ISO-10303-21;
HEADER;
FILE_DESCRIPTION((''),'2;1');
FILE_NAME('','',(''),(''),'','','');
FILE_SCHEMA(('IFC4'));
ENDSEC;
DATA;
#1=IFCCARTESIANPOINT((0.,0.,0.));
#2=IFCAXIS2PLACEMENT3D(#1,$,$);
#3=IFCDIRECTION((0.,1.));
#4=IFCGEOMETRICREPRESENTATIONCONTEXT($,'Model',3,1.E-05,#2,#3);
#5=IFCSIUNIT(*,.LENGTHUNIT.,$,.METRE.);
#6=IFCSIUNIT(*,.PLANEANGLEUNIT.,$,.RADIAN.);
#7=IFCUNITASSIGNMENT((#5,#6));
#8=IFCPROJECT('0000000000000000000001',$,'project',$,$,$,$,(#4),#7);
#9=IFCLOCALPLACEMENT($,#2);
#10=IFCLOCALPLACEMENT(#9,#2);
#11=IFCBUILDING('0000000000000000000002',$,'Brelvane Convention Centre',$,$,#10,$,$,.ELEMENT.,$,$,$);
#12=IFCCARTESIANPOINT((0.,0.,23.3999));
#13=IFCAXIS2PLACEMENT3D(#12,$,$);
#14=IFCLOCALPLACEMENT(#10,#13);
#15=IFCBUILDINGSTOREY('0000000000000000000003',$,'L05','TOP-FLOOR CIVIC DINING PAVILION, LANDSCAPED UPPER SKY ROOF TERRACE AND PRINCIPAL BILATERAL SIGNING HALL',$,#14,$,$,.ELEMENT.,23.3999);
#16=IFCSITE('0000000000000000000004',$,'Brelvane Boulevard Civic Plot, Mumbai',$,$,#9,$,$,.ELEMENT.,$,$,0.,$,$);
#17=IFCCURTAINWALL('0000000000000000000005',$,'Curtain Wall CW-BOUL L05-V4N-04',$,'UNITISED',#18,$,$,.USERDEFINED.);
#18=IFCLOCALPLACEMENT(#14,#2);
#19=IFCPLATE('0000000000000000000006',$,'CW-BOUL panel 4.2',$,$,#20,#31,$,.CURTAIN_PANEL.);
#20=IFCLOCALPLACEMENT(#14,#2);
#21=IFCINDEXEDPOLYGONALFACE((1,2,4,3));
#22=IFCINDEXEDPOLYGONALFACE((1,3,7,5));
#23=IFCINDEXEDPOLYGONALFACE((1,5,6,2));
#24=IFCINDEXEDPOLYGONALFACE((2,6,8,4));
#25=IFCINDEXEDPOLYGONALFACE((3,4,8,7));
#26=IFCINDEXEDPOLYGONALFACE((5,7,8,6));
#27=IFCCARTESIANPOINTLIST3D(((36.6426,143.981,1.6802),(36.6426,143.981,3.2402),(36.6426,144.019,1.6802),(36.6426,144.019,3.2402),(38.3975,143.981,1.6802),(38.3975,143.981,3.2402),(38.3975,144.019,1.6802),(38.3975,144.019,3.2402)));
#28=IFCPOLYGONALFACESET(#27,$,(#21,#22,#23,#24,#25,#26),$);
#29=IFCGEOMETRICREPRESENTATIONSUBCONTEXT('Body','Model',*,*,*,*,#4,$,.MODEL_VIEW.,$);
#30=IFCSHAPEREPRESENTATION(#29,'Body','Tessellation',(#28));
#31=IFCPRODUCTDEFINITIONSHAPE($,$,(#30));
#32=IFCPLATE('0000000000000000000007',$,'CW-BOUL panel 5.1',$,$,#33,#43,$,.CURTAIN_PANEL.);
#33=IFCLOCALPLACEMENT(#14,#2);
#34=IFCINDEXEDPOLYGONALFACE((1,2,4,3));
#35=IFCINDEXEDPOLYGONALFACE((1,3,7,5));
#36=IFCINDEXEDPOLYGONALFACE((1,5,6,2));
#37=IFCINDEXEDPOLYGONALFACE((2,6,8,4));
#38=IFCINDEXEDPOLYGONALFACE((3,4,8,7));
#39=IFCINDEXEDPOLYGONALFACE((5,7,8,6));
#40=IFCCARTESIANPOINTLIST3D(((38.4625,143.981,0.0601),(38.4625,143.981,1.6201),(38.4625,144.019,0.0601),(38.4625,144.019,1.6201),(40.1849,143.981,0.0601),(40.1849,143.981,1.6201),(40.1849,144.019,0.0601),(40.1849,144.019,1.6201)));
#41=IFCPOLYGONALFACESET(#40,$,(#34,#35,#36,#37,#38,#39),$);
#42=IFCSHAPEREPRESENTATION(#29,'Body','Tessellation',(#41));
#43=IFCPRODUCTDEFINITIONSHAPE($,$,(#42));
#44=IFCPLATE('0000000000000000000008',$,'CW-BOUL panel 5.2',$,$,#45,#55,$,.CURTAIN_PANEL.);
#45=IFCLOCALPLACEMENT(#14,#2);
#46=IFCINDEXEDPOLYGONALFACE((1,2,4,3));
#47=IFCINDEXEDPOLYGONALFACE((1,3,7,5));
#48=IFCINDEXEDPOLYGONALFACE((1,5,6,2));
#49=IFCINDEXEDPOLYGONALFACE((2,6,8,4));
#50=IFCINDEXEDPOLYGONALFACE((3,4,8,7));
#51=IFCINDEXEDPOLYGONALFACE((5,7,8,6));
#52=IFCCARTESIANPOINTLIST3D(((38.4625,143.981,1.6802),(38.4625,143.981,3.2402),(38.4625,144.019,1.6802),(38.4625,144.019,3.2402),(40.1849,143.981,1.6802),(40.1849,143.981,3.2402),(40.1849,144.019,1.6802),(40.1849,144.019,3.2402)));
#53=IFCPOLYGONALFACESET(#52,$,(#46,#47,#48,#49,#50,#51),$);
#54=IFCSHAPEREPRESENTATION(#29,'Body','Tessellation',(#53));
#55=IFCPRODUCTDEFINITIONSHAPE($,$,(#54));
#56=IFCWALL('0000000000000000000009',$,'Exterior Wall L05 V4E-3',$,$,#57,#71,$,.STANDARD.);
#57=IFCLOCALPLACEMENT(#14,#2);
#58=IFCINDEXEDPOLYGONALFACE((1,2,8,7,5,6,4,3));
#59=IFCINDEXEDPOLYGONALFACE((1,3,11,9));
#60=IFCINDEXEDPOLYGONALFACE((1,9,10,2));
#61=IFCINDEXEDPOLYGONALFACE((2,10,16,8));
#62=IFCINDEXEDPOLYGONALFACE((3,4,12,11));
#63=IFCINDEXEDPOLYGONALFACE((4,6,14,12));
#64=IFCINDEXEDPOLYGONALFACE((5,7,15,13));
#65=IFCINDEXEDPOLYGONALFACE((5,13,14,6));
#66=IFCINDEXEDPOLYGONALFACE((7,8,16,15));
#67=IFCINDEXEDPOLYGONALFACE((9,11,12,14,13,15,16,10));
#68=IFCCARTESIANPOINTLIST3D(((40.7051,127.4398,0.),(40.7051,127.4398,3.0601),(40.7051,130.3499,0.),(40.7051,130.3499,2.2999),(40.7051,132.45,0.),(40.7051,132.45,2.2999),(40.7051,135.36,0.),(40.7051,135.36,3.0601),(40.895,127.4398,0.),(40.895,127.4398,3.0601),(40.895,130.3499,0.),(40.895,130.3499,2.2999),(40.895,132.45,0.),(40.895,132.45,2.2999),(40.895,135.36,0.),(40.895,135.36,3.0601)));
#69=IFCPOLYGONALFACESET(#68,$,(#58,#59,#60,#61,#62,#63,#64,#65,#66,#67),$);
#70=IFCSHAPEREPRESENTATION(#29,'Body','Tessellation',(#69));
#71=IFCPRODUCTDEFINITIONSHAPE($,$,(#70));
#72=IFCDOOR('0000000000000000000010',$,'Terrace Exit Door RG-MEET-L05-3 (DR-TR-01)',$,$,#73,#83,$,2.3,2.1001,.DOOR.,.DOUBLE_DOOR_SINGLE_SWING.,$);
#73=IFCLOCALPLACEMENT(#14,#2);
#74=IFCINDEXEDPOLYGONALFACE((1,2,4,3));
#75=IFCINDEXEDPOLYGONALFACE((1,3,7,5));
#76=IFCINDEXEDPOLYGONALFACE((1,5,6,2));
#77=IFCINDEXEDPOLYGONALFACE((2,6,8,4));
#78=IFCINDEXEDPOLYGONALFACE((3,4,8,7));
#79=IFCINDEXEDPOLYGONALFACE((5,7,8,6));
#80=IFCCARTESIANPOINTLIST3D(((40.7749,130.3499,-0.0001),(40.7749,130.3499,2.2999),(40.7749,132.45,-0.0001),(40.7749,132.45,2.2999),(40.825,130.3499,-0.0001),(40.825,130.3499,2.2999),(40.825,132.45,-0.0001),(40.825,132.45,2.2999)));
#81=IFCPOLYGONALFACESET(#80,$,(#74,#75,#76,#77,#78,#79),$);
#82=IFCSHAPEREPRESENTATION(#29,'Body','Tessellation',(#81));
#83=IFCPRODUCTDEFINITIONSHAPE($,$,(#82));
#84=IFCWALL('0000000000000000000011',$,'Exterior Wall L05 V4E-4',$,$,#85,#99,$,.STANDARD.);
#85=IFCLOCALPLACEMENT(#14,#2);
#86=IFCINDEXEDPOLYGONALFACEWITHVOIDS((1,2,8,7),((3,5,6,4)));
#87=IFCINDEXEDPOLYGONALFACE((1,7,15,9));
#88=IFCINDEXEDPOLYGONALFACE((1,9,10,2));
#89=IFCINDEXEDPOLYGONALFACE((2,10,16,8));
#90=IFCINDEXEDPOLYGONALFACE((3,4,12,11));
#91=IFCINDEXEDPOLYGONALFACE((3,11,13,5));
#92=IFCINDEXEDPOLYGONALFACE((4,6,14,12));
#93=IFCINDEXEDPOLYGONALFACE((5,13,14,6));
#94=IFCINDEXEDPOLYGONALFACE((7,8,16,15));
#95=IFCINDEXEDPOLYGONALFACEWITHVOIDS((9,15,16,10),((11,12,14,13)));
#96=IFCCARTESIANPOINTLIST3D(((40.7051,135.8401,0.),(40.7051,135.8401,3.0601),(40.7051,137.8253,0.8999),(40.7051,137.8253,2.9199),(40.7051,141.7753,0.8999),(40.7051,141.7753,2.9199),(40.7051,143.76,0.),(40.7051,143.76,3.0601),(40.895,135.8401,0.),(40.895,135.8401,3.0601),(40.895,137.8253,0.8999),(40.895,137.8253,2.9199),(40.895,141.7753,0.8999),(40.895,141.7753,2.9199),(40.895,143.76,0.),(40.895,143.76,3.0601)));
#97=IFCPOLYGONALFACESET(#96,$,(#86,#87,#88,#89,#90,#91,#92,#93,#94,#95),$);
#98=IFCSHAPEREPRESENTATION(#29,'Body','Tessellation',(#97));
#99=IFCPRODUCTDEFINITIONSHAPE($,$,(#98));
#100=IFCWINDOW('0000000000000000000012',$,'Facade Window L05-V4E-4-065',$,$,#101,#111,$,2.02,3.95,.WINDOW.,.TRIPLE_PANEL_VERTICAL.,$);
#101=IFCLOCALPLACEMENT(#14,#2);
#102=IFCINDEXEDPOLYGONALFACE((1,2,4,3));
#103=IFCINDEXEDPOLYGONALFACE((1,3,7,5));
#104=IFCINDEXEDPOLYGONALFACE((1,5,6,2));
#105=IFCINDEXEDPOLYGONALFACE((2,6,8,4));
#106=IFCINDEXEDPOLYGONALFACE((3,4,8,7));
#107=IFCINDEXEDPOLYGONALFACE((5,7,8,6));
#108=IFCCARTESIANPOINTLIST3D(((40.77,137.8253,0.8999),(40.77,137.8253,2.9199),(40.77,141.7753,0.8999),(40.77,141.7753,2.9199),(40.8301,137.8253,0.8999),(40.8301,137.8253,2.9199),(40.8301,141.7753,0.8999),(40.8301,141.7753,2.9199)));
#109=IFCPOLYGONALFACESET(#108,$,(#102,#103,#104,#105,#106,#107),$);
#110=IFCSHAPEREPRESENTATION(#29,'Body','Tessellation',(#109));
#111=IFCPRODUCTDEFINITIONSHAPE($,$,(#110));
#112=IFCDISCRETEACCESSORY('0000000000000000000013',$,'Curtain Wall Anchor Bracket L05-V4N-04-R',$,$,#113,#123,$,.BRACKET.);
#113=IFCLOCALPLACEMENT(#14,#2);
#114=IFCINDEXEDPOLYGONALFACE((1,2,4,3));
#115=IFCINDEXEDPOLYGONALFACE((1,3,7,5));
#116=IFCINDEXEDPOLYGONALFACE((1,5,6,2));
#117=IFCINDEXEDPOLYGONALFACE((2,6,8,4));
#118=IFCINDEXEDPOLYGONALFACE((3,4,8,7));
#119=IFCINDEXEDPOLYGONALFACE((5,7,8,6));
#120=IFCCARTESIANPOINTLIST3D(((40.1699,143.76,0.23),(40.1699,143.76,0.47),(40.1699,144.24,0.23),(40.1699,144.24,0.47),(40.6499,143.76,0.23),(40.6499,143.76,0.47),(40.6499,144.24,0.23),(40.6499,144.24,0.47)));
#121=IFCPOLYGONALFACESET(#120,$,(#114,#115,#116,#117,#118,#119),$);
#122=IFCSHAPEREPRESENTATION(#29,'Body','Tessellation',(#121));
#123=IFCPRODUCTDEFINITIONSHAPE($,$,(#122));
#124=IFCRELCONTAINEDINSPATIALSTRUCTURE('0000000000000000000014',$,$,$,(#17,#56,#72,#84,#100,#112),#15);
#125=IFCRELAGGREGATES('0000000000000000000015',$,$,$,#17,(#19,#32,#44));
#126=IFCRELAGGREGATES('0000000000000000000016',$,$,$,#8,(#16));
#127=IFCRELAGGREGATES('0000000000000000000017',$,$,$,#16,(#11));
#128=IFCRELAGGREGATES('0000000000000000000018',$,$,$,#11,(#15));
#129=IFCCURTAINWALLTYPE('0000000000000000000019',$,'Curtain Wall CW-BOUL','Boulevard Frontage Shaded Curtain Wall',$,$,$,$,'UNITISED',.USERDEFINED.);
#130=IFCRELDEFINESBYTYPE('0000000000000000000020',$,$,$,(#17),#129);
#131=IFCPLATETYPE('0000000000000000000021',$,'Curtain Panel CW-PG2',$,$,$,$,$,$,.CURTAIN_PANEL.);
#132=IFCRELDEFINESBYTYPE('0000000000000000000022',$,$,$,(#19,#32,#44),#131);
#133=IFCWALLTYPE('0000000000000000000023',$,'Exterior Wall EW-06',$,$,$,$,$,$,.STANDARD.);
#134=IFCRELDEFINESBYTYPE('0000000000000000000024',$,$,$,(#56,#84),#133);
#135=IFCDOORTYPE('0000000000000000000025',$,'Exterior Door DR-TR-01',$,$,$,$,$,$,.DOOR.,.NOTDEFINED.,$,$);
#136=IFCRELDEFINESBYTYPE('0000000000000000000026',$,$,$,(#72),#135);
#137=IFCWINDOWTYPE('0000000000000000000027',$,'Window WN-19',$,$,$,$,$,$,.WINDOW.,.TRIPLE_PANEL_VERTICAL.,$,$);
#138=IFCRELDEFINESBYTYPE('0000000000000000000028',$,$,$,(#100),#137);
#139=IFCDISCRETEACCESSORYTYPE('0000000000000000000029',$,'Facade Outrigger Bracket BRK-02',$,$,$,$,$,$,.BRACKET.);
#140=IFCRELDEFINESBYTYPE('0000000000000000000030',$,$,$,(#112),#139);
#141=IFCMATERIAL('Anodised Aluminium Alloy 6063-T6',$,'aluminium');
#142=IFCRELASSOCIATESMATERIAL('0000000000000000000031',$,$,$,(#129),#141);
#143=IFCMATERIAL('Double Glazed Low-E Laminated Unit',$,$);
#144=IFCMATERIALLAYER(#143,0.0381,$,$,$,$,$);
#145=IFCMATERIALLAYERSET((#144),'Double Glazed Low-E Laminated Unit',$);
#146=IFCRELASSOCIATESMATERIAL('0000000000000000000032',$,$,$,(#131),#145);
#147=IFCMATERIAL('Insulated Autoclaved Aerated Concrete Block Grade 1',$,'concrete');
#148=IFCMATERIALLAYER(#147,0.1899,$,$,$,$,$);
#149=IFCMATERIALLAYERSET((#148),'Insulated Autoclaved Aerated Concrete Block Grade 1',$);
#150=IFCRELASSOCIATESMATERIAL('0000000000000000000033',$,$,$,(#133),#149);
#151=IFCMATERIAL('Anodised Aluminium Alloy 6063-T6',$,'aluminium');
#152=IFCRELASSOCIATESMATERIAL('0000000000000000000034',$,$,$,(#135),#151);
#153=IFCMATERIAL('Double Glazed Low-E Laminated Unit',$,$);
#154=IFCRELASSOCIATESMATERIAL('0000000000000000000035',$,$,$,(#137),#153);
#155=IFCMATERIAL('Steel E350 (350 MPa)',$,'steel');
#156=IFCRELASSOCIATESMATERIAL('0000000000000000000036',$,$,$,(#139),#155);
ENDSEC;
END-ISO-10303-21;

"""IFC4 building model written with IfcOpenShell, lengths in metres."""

from ifc_helpers import new_model, si_unit, direction, frame, frame_2d, origin, origin_2d, place, context, subcontext, project, spatial, rectangle, extrude, material, layer, layer_set, type_object, element, fill, aggregate, save


model = new_model("IFC4")

# Units and contexts
model_context = context("Model", 3, precision=1e-05, world=origin(), true_north=direction((0.0, 1.0)))
body_context = subcontext(model_context, "Body", "Model", "MODEL_VIEW")
ifc_project = project(units=[si_unit("LENGTHUNIT", "METRE"), si_unit("PLANEANGLEUNIT", "RADIAN")], contexts=[model_context])

# Site, building, storey
site_placement = place(None, origin())
site = spatial("IfcSite", under=ifc_project, at=site_placement, Name="Brelvane Boulevard Civic Plot, Mumbai", CompositionType="ELEMENT", RefElevation=0.0)
building_placement = place(site_placement, origin())
building = spatial("IfcBuilding", under=site, at=building_placement, Name="Brelvane Convention Centre", CompositionType="ELEMENT")
storey_placement = place(building_placement, frame((0.0, 0.0, 23.3999)))
storey = spatial("IfcBuildingStorey", under=building, at=storey_placement, Name="L05", Description="TOP-FLOOR CIVIC DINING PAVILION, LANDSCAPED UPPER SKY ROOF TERRACE AND PRINCIPAL BILATERAL SIGNING HALL", CompositionType="ELEMENT", Elevation=23.3999)

# Curtain wall
ifc_material_1 = material(Name="Anodised Aluminium Alloy 6063-T6", Category="aluminium")
curtain_wall_type = type_object("IfcCurtainWallType", Name="Curtain Wall CW-BOUL", Description="Boulevard Frontage Shaded Curtain Wall", ElementType="UNITISED", PredefinedType="USERDEFINED", material=ifc_material_1)
curtain_wall_placement = place(storey_placement, origin())
curtain_wall = element("IfcCurtainWall", 1, at=curtain_wall_placement, inside=storey, type_object=curtain_wall_type, Name="Curtain Wall CW-BOUL L05-V4N-04", ObjectType="UNITISED", PredefinedType="USERDEFINED")

# Plates
ifc_material_2 = material(Name="Double Glazed Low-E Laminated Unit")
ifc_layer_1 = layer(ifc_material_2, 0.0381)
ifc_layer_set_1 = layer_set([ifc_layer_1], Name="Double Glazed Low-E Laminated Unit")
plate_type = type_object("IfcPlateType", Name="Curtain Panel CW-PG2", PredefinedType="CURTAIN_PANEL", material=ifc_layer_set_1)
plate_1_placement = place(storey_placement, frame((37.52, 144.0, 1.6802), z_axis=(0.0, 0.0, 1.0), x_axis=(1.0, 0.0, 0.0)))
plate_1 = element("IfcPlate", 2, at=plate_1_placement, type_object=plate_type, Name="CW-BOUL panel 4.2", PredefinedType="CURTAIN_PANEL", context=body_context, shape_type="SweptSolid", body=[
    extrude(rectangle(XDim=1.7549, YDim=0.0381, at=origin_2d()), origin(), (0.0, 0.0, 1.0), 1.5601),
])
plate_2_placement = place(storey_placement, frame((39.3237, 144.0, 0.0601), z_axis=(0.0, 0.0, 1.0), x_axis=(1.0, 0.0, 0.0)))
plate_2 = element("IfcPlate", 3, at=plate_2_placement, type_object=plate_type, Name="CW-BOUL panel 5.1", PredefinedType="CURTAIN_PANEL", context=body_context, shape_type="SweptSolid", body=[
    extrude(rectangle(XDim=1.7224, YDim=0.0381, at=origin_2d()), origin(), (0.0, 0.0, 1.0), 1.5601),
])
plate_3_placement = place(storey_placement, frame((39.3237, 144.0, 1.6802), z_axis=(0.0, 0.0, 1.0), x_axis=(1.0, 0.0, 0.0)))
plate_3 = element("IfcPlate", 4, at=plate_3_placement, type_object=plate_type, Name="CW-BOUL panel 5.2", PredefinedType="CURTAIN_PANEL", context=body_context, shape_type="SweptSolid", body=[
    extrude(rectangle(XDim=1.7224, YDim=0.0381, at=origin_2d()), origin(), (0.0, 0.0, 1.0), 1.5601),
])
aggregate(curtain_wall, [plate_1, plate_2, plate_3])

# Wall, opening, door
ifc_material_3 = material(Name="Insulated Autoclaved Aerated Concrete Block Grade 1", Category="concrete")
ifc_layer_2 = layer(ifc_material_3, 0.1899)
ifc_layer_set_2 = layer_set([ifc_layer_2], Name="Insulated Autoclaved Aerated Concrete Block Grade 1")
wall_type = type_object("IfcWallType", Name="Exterior Wall EW-06", PredefinedType="STANDARD", material=ifc_layer_set_2)
wall_1_placement = place(storey_placement, frame((40.8, 127.4399, 0.0), z_axis=(0.0, 0.0, 1.0), x_axis=(0.0, 1.0, 0.0)))
wall_1 = element("IfcWall", 5, at=wall_1_placement, inside=storey, type_object=wall_type, Name="Exterior Wall L05 V4E-3", PredefinedType="STANDARD", context=body_context, shape_type="SweptSolid", body=[
    extrude(rectangle(XDim=7.9202, YDim=0.1899, at=frame_2d((3.96, 0.0))), origin(), (0.0, 0.0, 1.0), 3.0601),
])
opening_1_placement = place(wall_1_placement, frame((2.9099, 0.0, 0.0)))
opening_1 = element("IfcOpeningElement", 6, at=opening_1_placement, cuts=wall_1, PredefinedType="OPENING", context=body_context, shape_type="SweptSolid", body=[
    extrude(rectangle(XDim=2.1001, YDim=2.3, at=frame_2d((1.05, 1.1499))), frame((0.0, 0.105, 0.0), z_axis=(0.0, -1.0, 0.0), x_axis=(1.0, 0.0, 0.0)), (0.0, 0.0, 1.0), 0.21),
])
ifc_material_4 = material(Name="Anodised Aluminium Alloy 6063-T6", Category="aluminium")
door_type = type_object("IfcDoorType", Name="Exterior Door DR-TR-01", OperationType="NOTDEFINED", PredefinedType="DOOR", material=ifc_material_4)
door_placement = place(opening_1_placement, frame((2.1001, 0.0, 0.0), z_axis=(0.0, 0.0, 1.0), x_axis=(-1.0, 0.0, 0.0)))
door = element("IfcDoor", 7, at=door_placement, inside=storey, type_object=door_type, Name="Terrace Exit Door RG-MEET-L05-3 (DR-TR-01)", OperationType="DOUBLE_DOOR_SINGLE_SWING", OverallHeight=2.3, OverallWidth=2.1001, PredefinedType="DOOR", context=body_context, shape_type="SweptSolid", body=[
    extrude(rectangle(XDim=2.1001, YDim=2.3, at=frame_2d((1.05, 1.1499))), frame((0.0, 0.0249, 0.0), z_axis=(0.0, -1.0, 0.0), x_axis=(1.0, 0.0, 0.0)), (0.0, 0.0, 1.0), 0.05),
])
fill(opening_1, door)

# Wall, opening, window
wall_2_placement = place(storey_placement, frame((40.8, 135.8401, 0.0), z_axis=(0.0, 0.0, 1.0), x_axis=(0.0, 1.0, 0.0)))
wall_2 = element("IfcWall", 8, at=wall_2_placement, inside=storey, type_object=wall_type, Name="Exterior Wall L05 V4E-4", PredefinedType="STANDARD", context=body_context, shape_type="SweptSolid", body=[
    extrude(rectangle(XDim=7.9199, YDim=0.1899, at=frame_2d((3.96, 0.0))), origin(), (0.0, 0.0, 1.0), 3.0601),
])
opening_2_placement = place(wall_2_placement, frame((1.9851, 0.0, 0.8999)))
opening_2 = element("IfcOpeningElement", 9, at=opening_2_placement, cuts=wall_2, PredefinedType="OPENING", context=body_context, shape_type="SweptSolid", body=[
    extrude(rectangle(XDim=3.95, YDim=2.02, at=frame_2d((1.9751, 1.01))), frame((0.0, 0.105, 0.0), z_axis=(0.0, -1.0, 0.0), x_axis=(1.0, 0.0, 0.0)), (0.0, 0.0, 1.0), 0.21),
])
ifc_material_5 = material(Name="Double Glazed Low-E Laminated Unit")
window_type = type_object("IfcWindowType", Name="Window WN-19", PartitioningType="TRIPLE_PANEL_VERTICAL", PredefinedType="WINDOW", material=ifc_material_5)
window_placement = place(opening_2_placement, origin())
window = element("IfcWindow", 10, at=window_placement, inside=storey, type_object=window_type, Name="Facade Window L05-V4E-4-065", OverallHeight=2.02, OverallWidth=3.95, PartitioningType="TRIPLE_PANEL_VERTICAL", PredefinedType="WINDOW", context=body_context, shape_type="SweptSolid", body=[
    extrude(rectangle(XDim=3.95, YDim=2.02, at=frame_2d((1.9751, 1.01))), frame((0.0, 0.03, 0.0), z_axis=(0.0, -1.0, 0.0), x_axis=(1.0, 0.0, 0.0)), (0.0, 0.0, 1.0), 0.0601),
])
fill(opening_2, window)

# Discrete accessory
ifc_material_6 = material(Name="Steel E350 (350 MPa)", Category="steel")
discrete_accessory_type = type_object("IfcDiscreteAccessoryType", Name="Facade Outrigger Bracket BRK-02", PredefinedType="BRACKET", material=ifc_material_6)
discrete_accessory_placement = place(storey_placement, frame((40.4099, 144.0, 0.23), z_axis=(0.0, 0.0, 1.0), x_axis=(1.0, 0.0, 0.0)))
element("IfcDiscreteAccessory", 11, at=discrete_accessory_placement, inside=storey, type_object=discrete_accessory_type, Name="Curtain Wall Anchor Bracket L05-V4N-04-R", PredefinedType="BRACKET", context=body_context, shape_type="SweptSolid", body=[
    extrude(rectangle(XDim=0.48, YDim=0.48, at=origin_2d()), origin(), (0.0, 0.0, 1.0), 0.24),
])

save(model, "model.ifc")
